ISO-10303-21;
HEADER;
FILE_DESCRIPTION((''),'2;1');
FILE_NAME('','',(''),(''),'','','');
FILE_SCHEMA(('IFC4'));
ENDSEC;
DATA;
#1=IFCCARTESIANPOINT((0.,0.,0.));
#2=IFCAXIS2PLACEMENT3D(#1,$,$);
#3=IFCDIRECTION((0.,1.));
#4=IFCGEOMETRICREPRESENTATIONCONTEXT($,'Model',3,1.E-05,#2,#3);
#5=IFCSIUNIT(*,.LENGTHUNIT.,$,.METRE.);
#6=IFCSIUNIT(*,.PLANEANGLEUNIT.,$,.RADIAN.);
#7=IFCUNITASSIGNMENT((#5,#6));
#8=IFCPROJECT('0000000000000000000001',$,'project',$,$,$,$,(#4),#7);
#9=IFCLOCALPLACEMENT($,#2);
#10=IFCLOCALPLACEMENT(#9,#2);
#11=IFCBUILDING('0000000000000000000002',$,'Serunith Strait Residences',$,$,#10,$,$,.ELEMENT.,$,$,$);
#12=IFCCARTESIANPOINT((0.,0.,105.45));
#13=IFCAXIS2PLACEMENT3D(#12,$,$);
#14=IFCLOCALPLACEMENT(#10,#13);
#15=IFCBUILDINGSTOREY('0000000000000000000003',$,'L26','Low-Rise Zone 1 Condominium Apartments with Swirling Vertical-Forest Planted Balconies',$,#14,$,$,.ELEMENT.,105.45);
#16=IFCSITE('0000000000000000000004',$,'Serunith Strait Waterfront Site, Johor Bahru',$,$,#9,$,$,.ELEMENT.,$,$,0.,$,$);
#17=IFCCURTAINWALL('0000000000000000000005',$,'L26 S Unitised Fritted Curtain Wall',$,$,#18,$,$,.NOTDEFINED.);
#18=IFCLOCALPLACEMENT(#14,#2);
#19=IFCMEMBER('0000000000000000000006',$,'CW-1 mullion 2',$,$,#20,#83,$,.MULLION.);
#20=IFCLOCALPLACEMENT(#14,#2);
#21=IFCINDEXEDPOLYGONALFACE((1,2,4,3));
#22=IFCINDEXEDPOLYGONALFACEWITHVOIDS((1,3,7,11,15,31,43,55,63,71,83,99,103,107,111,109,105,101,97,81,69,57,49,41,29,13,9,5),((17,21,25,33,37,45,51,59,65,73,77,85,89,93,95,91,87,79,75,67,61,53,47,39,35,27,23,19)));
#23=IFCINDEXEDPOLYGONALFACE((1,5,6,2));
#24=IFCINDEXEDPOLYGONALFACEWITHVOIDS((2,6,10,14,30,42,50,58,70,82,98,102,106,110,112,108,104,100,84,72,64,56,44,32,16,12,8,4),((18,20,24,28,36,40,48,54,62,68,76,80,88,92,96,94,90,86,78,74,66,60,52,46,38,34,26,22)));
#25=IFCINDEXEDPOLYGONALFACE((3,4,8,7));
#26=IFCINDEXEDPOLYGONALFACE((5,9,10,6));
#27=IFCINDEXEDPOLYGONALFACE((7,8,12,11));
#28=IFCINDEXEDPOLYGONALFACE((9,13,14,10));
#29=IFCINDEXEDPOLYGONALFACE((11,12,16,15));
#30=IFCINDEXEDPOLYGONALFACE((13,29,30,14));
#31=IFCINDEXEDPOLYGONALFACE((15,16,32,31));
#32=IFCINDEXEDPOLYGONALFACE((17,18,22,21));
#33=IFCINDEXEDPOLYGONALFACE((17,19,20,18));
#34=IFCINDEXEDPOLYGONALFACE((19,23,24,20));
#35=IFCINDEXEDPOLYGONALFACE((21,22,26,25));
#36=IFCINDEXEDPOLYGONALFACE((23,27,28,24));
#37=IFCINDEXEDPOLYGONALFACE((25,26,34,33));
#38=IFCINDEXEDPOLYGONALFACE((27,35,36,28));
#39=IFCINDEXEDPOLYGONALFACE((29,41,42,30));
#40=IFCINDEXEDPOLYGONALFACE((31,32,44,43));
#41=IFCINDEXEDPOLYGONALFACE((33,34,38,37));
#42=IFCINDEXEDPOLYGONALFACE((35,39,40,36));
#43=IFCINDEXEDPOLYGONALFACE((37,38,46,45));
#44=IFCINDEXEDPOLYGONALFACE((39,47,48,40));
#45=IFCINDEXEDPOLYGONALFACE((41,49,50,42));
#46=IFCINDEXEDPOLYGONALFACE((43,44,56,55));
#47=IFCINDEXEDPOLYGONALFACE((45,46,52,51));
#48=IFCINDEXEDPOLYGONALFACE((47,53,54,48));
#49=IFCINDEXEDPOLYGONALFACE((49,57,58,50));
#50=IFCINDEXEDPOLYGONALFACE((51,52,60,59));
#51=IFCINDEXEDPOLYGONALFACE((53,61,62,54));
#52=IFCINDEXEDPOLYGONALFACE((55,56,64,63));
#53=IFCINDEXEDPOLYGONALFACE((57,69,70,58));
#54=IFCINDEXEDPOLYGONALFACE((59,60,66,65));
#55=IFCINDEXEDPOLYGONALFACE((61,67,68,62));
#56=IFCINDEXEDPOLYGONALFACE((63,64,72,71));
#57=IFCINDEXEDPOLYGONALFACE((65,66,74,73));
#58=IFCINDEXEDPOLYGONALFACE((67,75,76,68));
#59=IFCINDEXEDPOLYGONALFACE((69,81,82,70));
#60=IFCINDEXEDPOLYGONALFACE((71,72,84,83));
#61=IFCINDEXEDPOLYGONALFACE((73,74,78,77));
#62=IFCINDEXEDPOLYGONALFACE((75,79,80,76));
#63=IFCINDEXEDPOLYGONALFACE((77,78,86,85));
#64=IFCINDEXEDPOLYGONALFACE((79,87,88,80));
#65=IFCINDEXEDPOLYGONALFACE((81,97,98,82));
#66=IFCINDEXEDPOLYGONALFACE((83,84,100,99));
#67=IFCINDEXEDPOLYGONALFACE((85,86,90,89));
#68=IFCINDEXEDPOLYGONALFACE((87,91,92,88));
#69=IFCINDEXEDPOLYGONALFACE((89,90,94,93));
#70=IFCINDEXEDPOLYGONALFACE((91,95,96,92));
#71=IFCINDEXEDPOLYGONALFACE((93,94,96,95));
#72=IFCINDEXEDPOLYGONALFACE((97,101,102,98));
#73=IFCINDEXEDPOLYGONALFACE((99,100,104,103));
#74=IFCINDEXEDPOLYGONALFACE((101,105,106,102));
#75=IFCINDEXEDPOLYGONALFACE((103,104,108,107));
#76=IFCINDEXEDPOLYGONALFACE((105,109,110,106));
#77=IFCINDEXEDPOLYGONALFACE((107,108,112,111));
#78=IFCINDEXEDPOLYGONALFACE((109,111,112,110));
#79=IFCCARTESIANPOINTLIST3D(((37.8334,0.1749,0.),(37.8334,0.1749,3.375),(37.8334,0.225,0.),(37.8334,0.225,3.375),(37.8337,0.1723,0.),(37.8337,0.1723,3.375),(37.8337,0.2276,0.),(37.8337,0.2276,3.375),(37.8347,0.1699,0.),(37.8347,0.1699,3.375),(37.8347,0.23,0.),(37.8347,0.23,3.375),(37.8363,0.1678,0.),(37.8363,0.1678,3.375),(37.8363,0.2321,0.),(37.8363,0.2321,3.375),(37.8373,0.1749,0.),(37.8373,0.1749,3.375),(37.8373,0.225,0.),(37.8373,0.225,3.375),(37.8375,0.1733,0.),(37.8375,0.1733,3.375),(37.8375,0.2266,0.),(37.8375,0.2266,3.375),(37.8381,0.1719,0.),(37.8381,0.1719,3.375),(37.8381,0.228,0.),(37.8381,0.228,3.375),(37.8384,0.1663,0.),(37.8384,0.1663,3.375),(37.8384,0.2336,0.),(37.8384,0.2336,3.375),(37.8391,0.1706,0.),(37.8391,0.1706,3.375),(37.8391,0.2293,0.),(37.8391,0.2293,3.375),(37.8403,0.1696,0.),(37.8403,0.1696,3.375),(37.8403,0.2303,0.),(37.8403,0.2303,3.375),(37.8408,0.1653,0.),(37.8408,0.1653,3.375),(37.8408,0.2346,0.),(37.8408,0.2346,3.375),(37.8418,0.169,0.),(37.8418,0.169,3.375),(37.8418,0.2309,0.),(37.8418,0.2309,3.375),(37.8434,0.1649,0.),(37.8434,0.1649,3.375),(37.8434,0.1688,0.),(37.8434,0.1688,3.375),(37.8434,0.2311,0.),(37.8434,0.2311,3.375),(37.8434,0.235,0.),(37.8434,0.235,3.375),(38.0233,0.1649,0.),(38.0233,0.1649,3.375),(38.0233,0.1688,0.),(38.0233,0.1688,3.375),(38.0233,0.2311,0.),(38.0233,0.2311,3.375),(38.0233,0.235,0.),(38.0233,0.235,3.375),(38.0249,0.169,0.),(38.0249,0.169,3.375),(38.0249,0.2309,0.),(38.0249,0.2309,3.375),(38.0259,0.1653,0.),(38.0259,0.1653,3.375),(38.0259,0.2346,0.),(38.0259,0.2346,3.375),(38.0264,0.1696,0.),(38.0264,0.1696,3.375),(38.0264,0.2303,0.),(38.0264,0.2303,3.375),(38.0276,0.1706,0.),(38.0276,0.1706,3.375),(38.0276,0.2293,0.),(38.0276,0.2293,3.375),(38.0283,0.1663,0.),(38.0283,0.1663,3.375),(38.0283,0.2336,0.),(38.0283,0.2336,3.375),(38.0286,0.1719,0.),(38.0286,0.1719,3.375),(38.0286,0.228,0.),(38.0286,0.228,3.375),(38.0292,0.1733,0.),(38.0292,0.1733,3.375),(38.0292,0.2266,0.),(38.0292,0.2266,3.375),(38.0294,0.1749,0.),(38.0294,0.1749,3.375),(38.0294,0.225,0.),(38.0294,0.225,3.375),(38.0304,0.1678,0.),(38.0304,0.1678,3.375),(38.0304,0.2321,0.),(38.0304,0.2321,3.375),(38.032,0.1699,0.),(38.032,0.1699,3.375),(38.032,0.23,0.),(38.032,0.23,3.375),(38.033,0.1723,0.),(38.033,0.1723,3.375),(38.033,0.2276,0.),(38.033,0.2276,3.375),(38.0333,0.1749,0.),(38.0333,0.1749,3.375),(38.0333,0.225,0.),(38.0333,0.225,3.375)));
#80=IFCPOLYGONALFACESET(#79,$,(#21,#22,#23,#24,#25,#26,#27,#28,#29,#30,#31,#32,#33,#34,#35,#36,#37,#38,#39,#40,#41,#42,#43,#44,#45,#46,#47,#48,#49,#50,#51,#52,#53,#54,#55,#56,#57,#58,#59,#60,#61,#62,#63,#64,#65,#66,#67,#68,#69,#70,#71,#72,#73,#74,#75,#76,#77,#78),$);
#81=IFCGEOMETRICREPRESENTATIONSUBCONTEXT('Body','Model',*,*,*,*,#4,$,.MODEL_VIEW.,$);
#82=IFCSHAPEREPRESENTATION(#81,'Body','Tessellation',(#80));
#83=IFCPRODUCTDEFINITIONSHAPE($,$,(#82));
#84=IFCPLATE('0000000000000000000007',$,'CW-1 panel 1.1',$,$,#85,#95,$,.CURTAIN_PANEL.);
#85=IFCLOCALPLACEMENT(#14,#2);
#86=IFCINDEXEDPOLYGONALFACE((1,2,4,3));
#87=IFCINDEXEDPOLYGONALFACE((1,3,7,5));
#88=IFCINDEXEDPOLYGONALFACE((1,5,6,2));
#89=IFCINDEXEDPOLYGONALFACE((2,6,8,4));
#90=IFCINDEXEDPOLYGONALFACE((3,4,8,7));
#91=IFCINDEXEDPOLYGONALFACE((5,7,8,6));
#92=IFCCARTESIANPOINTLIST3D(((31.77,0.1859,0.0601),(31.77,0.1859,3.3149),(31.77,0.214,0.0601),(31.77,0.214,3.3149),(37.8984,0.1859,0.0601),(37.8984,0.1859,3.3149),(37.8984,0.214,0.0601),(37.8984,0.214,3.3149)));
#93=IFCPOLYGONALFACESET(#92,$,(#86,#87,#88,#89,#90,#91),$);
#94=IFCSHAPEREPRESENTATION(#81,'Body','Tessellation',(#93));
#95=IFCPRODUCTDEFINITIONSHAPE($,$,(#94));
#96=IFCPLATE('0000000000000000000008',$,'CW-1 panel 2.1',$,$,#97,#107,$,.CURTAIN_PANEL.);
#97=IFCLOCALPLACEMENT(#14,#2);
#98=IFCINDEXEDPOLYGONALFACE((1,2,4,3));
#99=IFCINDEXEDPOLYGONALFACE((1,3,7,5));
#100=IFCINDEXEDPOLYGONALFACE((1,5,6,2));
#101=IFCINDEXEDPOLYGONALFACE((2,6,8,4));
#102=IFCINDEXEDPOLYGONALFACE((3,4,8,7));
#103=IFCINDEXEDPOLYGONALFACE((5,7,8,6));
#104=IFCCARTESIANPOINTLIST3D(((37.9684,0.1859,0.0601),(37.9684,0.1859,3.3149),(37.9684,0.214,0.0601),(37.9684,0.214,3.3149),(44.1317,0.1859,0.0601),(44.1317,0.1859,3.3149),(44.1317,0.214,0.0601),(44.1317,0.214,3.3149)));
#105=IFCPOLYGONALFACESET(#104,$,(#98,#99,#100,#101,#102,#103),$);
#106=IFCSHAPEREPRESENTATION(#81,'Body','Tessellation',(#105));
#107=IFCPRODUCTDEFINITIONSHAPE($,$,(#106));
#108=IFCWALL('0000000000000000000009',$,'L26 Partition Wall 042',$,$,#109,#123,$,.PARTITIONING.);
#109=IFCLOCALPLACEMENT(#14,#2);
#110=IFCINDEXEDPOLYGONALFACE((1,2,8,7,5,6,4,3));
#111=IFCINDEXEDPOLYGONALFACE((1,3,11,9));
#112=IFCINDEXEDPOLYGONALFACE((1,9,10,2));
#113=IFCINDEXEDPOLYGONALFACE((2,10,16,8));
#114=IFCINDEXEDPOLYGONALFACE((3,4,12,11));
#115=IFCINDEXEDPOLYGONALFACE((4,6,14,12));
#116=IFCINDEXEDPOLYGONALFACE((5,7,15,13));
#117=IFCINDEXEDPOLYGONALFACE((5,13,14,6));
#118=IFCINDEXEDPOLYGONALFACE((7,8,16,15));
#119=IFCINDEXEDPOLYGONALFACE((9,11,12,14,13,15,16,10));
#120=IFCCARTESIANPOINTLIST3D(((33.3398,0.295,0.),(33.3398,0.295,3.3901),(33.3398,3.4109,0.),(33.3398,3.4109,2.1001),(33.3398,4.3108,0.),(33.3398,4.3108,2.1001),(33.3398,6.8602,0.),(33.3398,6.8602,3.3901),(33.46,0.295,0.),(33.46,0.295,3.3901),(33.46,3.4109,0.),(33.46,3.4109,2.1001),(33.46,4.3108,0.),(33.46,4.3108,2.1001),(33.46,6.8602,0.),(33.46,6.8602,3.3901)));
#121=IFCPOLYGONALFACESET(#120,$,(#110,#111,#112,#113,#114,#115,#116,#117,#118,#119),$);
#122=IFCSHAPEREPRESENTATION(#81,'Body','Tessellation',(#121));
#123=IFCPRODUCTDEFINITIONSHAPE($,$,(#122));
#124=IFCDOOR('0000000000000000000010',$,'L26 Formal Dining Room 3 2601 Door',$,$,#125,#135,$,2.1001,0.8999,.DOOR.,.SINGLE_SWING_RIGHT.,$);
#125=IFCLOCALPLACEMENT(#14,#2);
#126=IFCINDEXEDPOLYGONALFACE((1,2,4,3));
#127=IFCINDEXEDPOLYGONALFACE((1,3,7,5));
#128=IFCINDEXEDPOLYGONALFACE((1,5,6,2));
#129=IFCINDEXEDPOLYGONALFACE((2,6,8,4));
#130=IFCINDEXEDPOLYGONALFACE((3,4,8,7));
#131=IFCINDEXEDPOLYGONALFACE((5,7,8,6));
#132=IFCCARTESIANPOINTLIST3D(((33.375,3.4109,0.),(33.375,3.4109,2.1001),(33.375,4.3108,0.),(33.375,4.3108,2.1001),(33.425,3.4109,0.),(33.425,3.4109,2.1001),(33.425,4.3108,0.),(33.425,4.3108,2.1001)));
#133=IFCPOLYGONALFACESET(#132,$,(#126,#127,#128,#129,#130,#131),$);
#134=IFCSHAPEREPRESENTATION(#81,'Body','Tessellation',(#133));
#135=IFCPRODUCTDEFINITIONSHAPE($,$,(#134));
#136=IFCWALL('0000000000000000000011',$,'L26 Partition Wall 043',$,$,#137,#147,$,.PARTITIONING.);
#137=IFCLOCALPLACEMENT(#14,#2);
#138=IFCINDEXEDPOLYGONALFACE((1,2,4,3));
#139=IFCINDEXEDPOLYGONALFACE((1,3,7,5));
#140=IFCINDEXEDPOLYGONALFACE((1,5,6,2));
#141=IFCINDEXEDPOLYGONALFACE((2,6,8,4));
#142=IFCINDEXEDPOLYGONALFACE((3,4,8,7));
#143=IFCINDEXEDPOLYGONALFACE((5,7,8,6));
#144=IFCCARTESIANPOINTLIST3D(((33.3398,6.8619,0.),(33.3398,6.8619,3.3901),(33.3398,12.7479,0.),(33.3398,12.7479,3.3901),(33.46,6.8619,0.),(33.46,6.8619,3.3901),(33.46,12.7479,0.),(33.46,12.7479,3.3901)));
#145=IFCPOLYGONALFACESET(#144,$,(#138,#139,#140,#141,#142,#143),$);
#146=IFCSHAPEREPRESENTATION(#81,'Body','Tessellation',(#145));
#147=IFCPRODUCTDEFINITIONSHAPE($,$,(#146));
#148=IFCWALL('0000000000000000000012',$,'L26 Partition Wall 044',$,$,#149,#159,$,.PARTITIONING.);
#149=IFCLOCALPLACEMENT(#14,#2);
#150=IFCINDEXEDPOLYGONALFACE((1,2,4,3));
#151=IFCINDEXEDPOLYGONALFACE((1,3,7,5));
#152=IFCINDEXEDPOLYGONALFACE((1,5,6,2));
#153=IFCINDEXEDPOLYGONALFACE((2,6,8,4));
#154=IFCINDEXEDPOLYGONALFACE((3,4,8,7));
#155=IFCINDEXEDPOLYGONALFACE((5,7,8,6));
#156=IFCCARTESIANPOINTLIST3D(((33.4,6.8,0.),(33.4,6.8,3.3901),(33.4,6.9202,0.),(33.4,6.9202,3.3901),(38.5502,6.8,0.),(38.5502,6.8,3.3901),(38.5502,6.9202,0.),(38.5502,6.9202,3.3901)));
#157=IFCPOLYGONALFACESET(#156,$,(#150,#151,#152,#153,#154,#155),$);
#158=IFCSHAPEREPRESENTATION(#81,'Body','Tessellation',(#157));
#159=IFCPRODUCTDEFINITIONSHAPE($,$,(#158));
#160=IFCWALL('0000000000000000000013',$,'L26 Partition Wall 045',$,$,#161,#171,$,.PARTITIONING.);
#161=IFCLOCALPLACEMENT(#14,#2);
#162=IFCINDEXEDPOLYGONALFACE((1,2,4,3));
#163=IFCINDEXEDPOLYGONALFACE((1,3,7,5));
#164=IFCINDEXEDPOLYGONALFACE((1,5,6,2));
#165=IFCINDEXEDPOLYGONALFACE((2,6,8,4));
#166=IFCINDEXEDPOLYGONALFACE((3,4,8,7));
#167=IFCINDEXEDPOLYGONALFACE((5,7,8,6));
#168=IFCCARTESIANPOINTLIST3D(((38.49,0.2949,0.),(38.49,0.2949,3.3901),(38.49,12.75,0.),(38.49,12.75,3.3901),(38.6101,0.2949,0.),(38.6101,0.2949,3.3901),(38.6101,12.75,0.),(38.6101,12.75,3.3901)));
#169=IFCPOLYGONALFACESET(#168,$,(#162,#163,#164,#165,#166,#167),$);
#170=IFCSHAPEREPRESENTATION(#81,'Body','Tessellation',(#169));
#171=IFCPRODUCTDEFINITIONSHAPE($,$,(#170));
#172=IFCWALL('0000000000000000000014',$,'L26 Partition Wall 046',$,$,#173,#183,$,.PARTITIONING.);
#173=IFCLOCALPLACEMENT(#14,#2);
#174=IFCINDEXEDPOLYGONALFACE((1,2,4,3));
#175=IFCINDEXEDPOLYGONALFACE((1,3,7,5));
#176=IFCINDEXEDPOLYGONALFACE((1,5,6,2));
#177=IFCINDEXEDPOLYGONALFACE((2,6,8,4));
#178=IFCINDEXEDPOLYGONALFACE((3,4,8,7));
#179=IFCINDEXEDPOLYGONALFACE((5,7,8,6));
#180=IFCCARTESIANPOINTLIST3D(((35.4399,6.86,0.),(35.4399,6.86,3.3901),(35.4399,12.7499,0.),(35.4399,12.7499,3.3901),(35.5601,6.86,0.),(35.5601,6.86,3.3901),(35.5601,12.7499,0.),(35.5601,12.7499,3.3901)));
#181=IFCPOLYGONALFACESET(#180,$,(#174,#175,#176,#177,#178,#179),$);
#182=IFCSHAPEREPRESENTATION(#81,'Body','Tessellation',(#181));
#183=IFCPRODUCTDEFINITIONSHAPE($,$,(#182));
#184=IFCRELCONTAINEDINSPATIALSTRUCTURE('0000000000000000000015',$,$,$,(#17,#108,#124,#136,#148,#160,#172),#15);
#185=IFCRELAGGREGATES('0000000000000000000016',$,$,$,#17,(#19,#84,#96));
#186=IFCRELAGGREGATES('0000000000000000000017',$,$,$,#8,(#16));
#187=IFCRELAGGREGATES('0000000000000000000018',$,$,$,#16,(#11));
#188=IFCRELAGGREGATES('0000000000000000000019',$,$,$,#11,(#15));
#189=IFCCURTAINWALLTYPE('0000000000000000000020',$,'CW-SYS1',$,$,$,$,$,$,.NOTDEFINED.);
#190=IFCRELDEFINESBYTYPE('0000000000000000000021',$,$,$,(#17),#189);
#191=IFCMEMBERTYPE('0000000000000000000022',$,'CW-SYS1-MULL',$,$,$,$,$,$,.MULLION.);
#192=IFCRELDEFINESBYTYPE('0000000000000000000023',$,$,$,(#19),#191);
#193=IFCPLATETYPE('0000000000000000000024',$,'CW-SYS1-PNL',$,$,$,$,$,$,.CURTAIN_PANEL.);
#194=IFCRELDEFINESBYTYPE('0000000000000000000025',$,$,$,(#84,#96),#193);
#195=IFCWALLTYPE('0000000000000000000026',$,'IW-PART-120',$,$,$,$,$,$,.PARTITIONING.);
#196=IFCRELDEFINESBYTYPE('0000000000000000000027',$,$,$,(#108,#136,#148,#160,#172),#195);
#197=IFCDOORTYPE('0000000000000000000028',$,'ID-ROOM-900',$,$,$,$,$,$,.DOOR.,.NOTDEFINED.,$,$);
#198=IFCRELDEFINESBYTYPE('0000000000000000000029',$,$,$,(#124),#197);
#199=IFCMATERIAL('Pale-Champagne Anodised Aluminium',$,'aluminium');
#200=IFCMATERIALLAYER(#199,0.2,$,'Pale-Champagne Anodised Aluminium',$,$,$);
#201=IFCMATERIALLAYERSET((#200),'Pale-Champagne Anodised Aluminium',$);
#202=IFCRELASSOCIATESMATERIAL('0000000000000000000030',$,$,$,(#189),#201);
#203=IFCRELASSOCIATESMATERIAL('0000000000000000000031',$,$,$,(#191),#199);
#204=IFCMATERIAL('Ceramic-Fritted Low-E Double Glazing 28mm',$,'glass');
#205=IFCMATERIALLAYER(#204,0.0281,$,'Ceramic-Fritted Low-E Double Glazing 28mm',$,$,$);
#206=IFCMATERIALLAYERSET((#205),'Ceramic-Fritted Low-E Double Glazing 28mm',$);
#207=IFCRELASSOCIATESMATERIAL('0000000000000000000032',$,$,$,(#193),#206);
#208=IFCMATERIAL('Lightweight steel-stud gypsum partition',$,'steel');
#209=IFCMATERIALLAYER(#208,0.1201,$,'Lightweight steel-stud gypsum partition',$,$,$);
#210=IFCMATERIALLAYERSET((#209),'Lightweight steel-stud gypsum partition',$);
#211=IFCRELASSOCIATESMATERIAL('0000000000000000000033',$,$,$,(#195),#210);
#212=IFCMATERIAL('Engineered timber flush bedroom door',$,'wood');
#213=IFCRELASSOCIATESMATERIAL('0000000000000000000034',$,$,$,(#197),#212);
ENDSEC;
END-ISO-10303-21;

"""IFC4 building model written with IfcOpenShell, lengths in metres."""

from ifc_helpers import new_model, si_unit, direction, frame, frame_2d, origin, origin_2d, place, context, subcontext, project, spatial, rectangle, hollow_rectangle, extrude, source, transform, mapped, material, layer, layer_set, material_profile, profile_set, type_object, element, fill, aggregate, save


model = new_model("IFC4")

# Units and contexts
model_context = context("Model", 3, precision=1e-05, world=origin(), true_north=direction((0.0, 1.0)))
body_context = subcontext(model_context, "Body", "Model", "MODEL_VIEW")
ifc_project = project(units=[si_unit("LENGTHUNIT", "METRE"), si_unit("PLANEANGLEUNIT", "RADIAN")], contexts=[model_context])

# Site, building, storey
site_placement = place(None, origin())
site = spatial("IfcSite", under=ifc_project, at=site_placement, Name="Serunith Strait Waterfront Site, Johor Bahru", CompositionType="ELEMENT", RefElevation=0.0)
building_placement = place(site_placement, origin())
building = spatial("IfcBuilding", under=site, at=building_placement, Name="Serunith Strait Residences", CompositionType="ELEMENT")
storey_placement = place(building_placement, frame((0.0, 0.0, 105.45)))
storey = spatial("IfcBuildingStorey", under=building, at=storey_placement, Name="L26", Description="Low-Rise Zone 1 Condominium Apartments with Swirling Vertical-Forest Planted Balconies", CompositionType="ELEMENT", Elevation=105.45)

# Curtain wall, member, plates
ifc_material_1 = material(Name="Pale-Champagne Anodised Aluminium", Category="aluminium")
ifc_layer_1 = layer(ifc_material_1, 0.2, Name="Pale-Champagne Anodised Aluminium")
ifc_layer_set_1 = layer_set([ifc_layer_1], Name="Pale-Champagne Anodised Aluminium")
curtain_wall_type = type_object("IfcCurtainWallType", Name="CW-SYS1", PredefinedType="NOTDEFINED", material=ifc_layer_set_1)
curtain_wall_placement = place(storey_placement, origin())
curtain_wall = element("IfcCurtainWall", 1, at=curtain_wall_placement, inside=storey, type_object=curtain_wall_type, Name="L26 S Unitised Fritted Curtain Wall", PredefinedType="NOTDEFINED")
ifc_material_profile_1 = material_profile(ifc_material_1, hollow_rectangle(XDim=0.0701, YDim=0.2, WallThickness=0.0039, InnerFilletRadius=0.0061, OuterFilletRadius=0.01, at=origin_2d()), Name="ALU 200x70x4")
ifc_profile_set_1 = profile_set([ifc_material_profile_1], Name="Pale-Champagne Anodised Aluminium")
member_type_1 = type_object("IfcMemberType", Name="CW-SYS1-MULL", PredefinedType="MULLION", material=ifc_profile_set_1)
shared_shape_1 = source(origin(), body_context, "Body", "SweptSolid", [
    extrude(hollow_rectangle(XDim=0.0701, YDim=0.2, WallThickness=0.0039, InnerFilletRadius=0.0061, OuterFilletRadius=0.01, at=origin_2d()), origin(), (0.0, 0.0, 1.0), 3.375),
])
member_1_placement = place(storey_placement, frame((37.9333, 0.2, 0.0), z_axis=(0.0, 0.0, 1.0), x_axis=(0.0, 1.0, 0.0)))
member_1 = element("IfcMember", 2, at=member_1_placement, type_object=member_type_1, Name="CW-1 mullion 2", PredefinedType="MULLION", context=body_context, shape_type="MappedRepresentation", body=[
    mapped(shared_shape_1, transform((0.0, 0.0, 0.0), scale=1.0)),
])
ifc_material_2 = material(Name="Ceramic-Fritted Low-E Double Glazing 28mm", Category="glass")
ifc_layer_2 = layer(ifc_material_2, 0.0281, Name="Ceramic-Fritted Low-E Double Glazing 28mm")
ifc_layer_set_2 = layer_set([ifc_layer_2], Name="Ceramic-Fritted Low-E Double Glazing 28mm")
plate_type = type_object("IfcPlateType", Name="CW-SYS1-PNL", PredefinedType="CURTAIN_PANEL", material=ifc_layer_set_2)
shared_shape_2 = source(origin(), body_context, "Body", "SweptSolid", [
    extrude(rectangle(XDim=6.1284, YDim=0.0281, at=origin_2d()), origin(), (0.0, 0.0, 1.0), 3.2549),
])
plate_1_placement = place(storey_placement, frame((34.8342, 0.2, 0.0601), z_axis=(0.0, 0.0, 1.0), x_axis=(1.0, 0.0, 0.0)))
plate_1 = element("IfcPlate", 3, at=plate_1_placement, type_object=plate_type, Name="CW-1 panel 1.1", PredefinedType="CURTAIN_PANEL", context=body_context, shape_type="MappedRepresentation", body=[
    mapped(shared_shape_2, transform((0.0, 0.0, 0.0), scale=1.0)),
])
shared_shape_3 = source(origin(), body_context, "Body", "SweptSolid", [
    extrude(rectangle(XDim=6.1633, YDim=0.0281, at=origin_2d()), origin(), (0.0, 0.0, 1.0), 3.2549),
])
plate_2_placement = place(storey_placement, frame((41.05, 0.2, 0.0601), z_axis=(0.0, 0.0, 1.0), x_axis=(1.0, 0.0, 0.0)))
plate_2 = element("IfcPlate", 4, at=plate_2_placement, type_object=plate_type, Name="CW-1 panel 2.1", PredefinedType="CURTAIN_PANEL", context=body_context, shape_type="MappedRepresentation", body=[
    mapped(shared_shape_3, transform((0.0, 0.0, 0.0), scale=1.0)),
])
aggregate(curtain_wall, [member_1, plate_1, plate_2])

# Wall, opening, door
ifc_material_3 = material(Name="Lightweight steel-stud gypsum partition", Category="steel")
ifc_layer_3 = layer(ifc_material_3, 0.1201, Name="Lightweight steel-stud gypsum partition")
ifc_layer_set_3 = layer_set([ifc_layer_3], Name="Lightweight steel-stud gypsum partition")
wall_type = type_object("IfcWallType", Name="IW-PART-120", PredefinedType="PARTITIONING", material=ifc_layer_set_3)
wall_1_placement = place(storey_placement, frame((33.3999, 0.2949, 0.0), z_axis=(0.0, 0.0, 1.0), x_axis=(0.0, 1.0, 0.0)))
wall_1 = element("IfcWall", 5, at=wall_1_placement, inside=storey, type_object=wall_type, Name="L26 Partition Wall 042", PredefinedType="PARTITIONING", context=body_context, shape_type="SweptSolid", body=[
    extrude(rectangle(XDim=6.5652, YDim=0.1201, at=frame_2d((3.2827, 0.0))), origin(), (0.0, 0.0, 1.0), 3.3901),
])
opening_1_placement = place(wall_1_placement, frame((3.116, 0.0, 0.0)))
opening_1 = element("IfcOpeningElement", 6, at=opening_1_placement, cuts=wall_1, PredefinedType="OPENING", context=body_context, shape_type="SweptSolid", body=[
    extrude(rectangle(XDim=0.8999, YDim=2.1001, at=frame_2d((0.45, 1.05))), frame((0.0, 0.0701, 0.0), z_axis=(0.0, -1.0, 0.0), x_axis=(1.0, 0.0, 0.0)), (0.0, 0.0, 1.0), 0.1401),
])
ifc_material_4 = material(Name="Engineered timber flush bedroom door", Category="wood")
door_type_1 = type_object("IfcDoorType", Name="ID-ROOM-900", OperationType="NOTDEFINED", PredefinedType="DOOR", material=ifc_material_4)
shared_shape_4 = source(origin(), body_context, "Body", "SweptSolid", [
    extrude(rectangle(XDim=0.8999, YDim=2.1001, at=frame_2d((0.45, 1.05))), frame((0.0, 0.0249, 0.0), z_axis=(0.0, -1.0, 0.0), x_axis=(1.0, 0.0, 0.0)), (0.0, 0.0, 1.0), 0.05),
])
door_1_placement = place(opening_1_placement, origin())
door_1 = element("IfcDoor", 7, at=door_1_placement, inside=storey, type_object=door_type_1, Name="L26 Formal Dining Room 3 2601 Door", OperationType="SINGLE_SWING_RIGHT", OverallHeight=2.1001, OverallWidth=0.8999, PredefinedType="DOOR", context=body_context, shape_type="MappedRepresentation", body=[
    mapped(shared_shape_4, transform((0.0, 0.0, 0.0), scale=1.0)),
])
fill(opening_1, door_1)

# Walls
wall_2_placement = place(storey_placement, frame((33.3999, 6.8621, 0.0), z_axis=(0.0, 0.0, 1.0), x_axis=(0.0, 1.0, 0.0)))
element("IfcWall", 8, at=wall_2_placement, inside=storey, type_object=wall_type, Name="L26 Partition Wall 043", PredefinedType="PARTITIONING", context=body_context, shape_type="SweptSolid", body=[
    extrude(rectangle(XDim=5.886, YDim=0.1201, at=frame_2d((2.9429, 0.0))), origin(), (0.0, 0.0, 1.0), 3.3901),
])
wall_3_placement = place(storey_placement, frame((33.3999, 6.8601, 0.0), z_axis=(0.0, 0.0, 1.0), x_axis=(1.0, 0.0, 0.0)))
element("IfcWall", 9, at=wall_3_placement, inside=storey, type_object=wall_type, Name="L26 Partition Wall 044", PredefinedType="PARTITIONING", context=body_context, shape_type="SweptSolid", body=[
    extrude(rectangle(XDim=5.1501, YDim=0.1201, at=frame_2d((2.5752, 0.0))), origin(), (0.0, 0.0, 1.0), 3.3901),
])
wall_4_placement = place(storey_placement, frame((38.55, 0.2949, 0.0), z_axis=(0.0, 0.0, 1.0), x_axis=(0.0, 1.0, 0.0)))
element("IfcWall", 10, at=wall_4_placement, inside=storey, type_object=wall_type, Name="L26 Partition Wall 045", PredefinedType="PARTITIONING", context=body_context, shape_type="SweptSolid", body=[
    extrude(rectangle(XDim=12.4551, YDim=0.1201, at=frame_2d((6.2275, 0.0))), origin(), (0.0, 0.0, 1.0), 3.3901),
])
wall_5_placement = place(storey_placement, frame((35.5, 6.8601, 0.0), z_axis=(0.0, 0.0, 1.0), x_axis=(0.0, 1.0, 0.0)))
element("IfcWall", 11, at=wall_5_placement, inside=storey, type_object=wall_type, Name="L26 Partition Wall 046", PredefinedType="PARTITIONING", context=body_context, shape_type="SweptSolid", body=[
    extrude(rectangle(XDim=5.8899, YDim=0.1201, at=frame_2d((2.9448, 0.0))), origin(), (0.0, 0.0, 1.0), 3.3901),
])

save(model, "model.ifc")
